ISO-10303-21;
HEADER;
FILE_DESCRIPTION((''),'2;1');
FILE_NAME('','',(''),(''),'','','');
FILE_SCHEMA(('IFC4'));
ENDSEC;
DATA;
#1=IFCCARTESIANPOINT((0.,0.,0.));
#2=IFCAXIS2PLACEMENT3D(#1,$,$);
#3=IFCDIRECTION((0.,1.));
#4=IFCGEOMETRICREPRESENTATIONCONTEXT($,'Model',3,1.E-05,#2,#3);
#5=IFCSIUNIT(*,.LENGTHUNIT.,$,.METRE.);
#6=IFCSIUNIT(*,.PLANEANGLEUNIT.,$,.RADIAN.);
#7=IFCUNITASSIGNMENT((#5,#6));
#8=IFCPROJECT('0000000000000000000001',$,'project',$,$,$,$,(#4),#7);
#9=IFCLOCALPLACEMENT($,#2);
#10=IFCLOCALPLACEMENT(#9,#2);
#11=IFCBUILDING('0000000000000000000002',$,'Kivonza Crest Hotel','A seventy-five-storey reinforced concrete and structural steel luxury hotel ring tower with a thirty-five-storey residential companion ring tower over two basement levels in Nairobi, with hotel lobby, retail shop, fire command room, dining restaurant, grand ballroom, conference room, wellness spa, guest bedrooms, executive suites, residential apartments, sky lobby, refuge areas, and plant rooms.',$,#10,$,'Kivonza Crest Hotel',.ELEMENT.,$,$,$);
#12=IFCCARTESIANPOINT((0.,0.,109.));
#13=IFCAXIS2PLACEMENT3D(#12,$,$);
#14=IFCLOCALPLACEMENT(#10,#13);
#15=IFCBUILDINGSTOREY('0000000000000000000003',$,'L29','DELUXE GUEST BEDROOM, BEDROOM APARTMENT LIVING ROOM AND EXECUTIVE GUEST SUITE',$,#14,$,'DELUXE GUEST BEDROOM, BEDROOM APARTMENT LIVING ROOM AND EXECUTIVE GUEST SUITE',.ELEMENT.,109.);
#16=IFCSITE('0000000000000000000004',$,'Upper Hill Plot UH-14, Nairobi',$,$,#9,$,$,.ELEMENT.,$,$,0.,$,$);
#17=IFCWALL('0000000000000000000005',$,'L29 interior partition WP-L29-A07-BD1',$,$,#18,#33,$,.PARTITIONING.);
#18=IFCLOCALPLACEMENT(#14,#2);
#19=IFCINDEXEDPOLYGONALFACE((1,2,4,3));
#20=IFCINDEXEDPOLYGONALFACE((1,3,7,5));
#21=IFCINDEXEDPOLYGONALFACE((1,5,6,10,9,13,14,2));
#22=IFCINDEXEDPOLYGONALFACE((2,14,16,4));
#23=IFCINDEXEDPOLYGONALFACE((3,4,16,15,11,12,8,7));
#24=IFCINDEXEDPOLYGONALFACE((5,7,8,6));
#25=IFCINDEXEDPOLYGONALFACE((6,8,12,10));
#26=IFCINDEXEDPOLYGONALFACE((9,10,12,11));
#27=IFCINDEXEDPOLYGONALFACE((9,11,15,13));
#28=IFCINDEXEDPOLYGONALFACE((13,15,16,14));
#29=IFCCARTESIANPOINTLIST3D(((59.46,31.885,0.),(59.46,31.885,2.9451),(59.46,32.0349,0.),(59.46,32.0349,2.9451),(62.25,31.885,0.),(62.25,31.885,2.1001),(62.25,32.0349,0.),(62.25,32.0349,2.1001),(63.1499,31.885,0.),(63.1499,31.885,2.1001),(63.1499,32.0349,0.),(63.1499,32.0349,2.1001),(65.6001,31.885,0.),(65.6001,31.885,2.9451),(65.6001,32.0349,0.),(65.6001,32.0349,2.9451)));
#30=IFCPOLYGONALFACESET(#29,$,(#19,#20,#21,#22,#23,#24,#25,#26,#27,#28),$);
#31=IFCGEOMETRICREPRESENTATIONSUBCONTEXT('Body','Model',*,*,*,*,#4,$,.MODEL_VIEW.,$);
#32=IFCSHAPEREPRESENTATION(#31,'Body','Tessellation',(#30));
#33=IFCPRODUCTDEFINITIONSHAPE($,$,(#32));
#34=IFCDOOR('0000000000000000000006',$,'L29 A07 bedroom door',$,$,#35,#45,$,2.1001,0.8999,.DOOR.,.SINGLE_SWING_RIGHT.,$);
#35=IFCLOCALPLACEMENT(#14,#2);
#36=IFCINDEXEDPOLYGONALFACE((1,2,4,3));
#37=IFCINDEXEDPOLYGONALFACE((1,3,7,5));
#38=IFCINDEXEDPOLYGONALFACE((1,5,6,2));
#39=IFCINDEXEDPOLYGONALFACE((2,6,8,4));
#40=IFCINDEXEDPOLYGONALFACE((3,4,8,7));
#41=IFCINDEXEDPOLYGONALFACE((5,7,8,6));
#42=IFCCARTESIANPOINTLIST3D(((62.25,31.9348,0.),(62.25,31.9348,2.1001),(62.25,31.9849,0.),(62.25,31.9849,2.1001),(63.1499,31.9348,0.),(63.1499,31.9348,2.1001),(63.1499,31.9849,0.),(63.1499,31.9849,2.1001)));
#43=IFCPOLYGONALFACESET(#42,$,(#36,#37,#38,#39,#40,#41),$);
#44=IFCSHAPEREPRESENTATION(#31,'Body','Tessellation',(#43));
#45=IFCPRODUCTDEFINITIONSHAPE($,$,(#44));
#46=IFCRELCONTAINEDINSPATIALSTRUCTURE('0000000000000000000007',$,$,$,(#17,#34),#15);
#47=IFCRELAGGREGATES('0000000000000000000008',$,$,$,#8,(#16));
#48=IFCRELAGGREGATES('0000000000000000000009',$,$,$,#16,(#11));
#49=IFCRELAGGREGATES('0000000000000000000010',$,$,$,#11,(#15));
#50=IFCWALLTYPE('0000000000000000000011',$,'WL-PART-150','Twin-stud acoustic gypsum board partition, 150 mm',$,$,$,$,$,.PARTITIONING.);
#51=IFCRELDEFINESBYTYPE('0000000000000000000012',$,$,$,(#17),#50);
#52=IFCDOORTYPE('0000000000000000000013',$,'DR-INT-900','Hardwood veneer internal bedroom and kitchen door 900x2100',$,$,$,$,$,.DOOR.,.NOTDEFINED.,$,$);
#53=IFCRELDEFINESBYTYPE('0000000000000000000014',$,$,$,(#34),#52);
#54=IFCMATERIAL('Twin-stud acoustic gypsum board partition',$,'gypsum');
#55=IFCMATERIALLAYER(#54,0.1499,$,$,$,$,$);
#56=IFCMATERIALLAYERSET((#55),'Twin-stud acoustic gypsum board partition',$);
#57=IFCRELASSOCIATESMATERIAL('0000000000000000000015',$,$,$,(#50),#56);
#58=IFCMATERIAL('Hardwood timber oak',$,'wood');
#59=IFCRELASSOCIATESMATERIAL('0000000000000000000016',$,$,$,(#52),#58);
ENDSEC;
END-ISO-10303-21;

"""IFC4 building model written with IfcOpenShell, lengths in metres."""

from ifc_helpers import new_model, si_unit, direction, frame, frame_2d, origin, place, context, subcontext, project, spatial, rectangle, extrude, material, layer, layer_set, type_object, element, fill, save


model = new_model("IFC4")

# Units and contexts
model_context = context("Model", 3, precision=1e-05, world=origin(), true_north=direction((0.0, 1.0)))
body_context = subcontext(model_context, "Body", "Model", "MODEL_VIEW")
ifc_project = project(units=[si_unit("LENGTHUNIT", "METRE"), si_unit("PLANEANGLEUNIT", "RADIAN")], contexts=[model_context])

# Site, building, storey
site_placement = place(None, origin())
site = spatial("IfcSite", under=ifc_project, at=site_placement, Name="Upper Hill Plot UH-14, Nairobi", CompositionType="ELEMENT", RefElevation=0.0)
building_placement = place(site_placement, origin())
building = spatial("IfcBuilding", under=site, at=building_placement, Name="Kivonza Crest Hotel", Description="A seventy-five-storey reinforced concrete and structural steel luxury hotel ring tower with a thirty-five-storey residential companion ring tower over two basement levels in Nairobi, with hotel lobby, retail shop, fire command room, dining restaurant, grand ballroom, conference room, wellness spa, guest bedrooms, executive suites, residential apartments, sky lobby, refuge areas, and plant rooms.", LongName="Kivonza Crest Hotel", CompositionType="ELEMENT")
storey_placement = place(building_placement, frame((0.0, 0.0, 109.0)))
storey = spatial("IfcBuildingStorey", under=building, at=storey_placement, Name="L29", Description="DELUXE GUEST BEDROOM, BEDROOM APARTMENT LIVING ROOM AND EXECUTIVE GUEST SUITE", LongName="DELUXE GUEST BEDROOM, BEDROOM APARTMENT LIVING ROOM AND EXECUTIVE GUEST SUITE", CompositionType="ELEMENT", Elevation=109.0)

# Wall, opening, door
ifc_material_1 = material(Name="Twin-stud acoustic gypsum board partition", Category="gypsum")
ifc_layer_1 = layer(ifc_material_1, 0.1499)
ifc_layer_set_1 = layer_set([ifc_layer_1], Name="Twin-stud acoustic gypsum board partition")
wall_type_1 = type_object("IfcWallType", Name="WL-PART-150", Description="Twin-stud acoustic gypsum board partition, 150 mm", PredefinedType="PARTITIONING", material=ifc_layer_set_1)
wall_1_placement = place(storey_placement, frame((59.46, 31.96, 0.0), z_axis=(0.0, 0.0, 1.0), x_axis=(1.0, 0.0, 0.0)))
wall_1 = element("IfcWall", 1, at=wall_1_placement, inside=storey, type_object=wall_type_1, Name="L29 interior partition WP-L29-A07-BD1", PredefinedType="PARTITIONING", context=body_context, shape_type="SweptSolid", body=[
    extrude(rectangle(XDim=6.1401, YDim=0.1499, at=frame_2d((3.0701, 0.0))), origin(), (0.0, 0.0, 1.0), 2.9451),
])
opening_1_placement = place(wall_1_placement, frame((2.79, 0.0, 0.0)))
opening_1 = element("IfcOpeningElement", 2, at=opening_1_placement, cuts=wall_1, PredefinedType="OPENING", context=body_context, shape_type="SweptSolid", body=[
    extrude(rectangle(XDim=0.8999, YDim=2.1001, at=frame_2d((0.45, 1.05))), frame((0.0, 0.085, 0.0), z_axis=(0.0, -1.0, 0.0), x_axis=(1.0, 0.0, 0.0)), (0.0, 0.0, 1.0), 0.1699),
])
ifc_material_2 = material(Name="Hardwood timber oak", Category="wood")
door_type = type_object("IfcDoorType", Name="DR-INT-900", Description="Hardwood veneer internal bedroom and kitchen door 900x2100", OperationType="NOTDEFINED", PredefinedType="DOOR", material=ifc_material_2)
door_placement = place(opening_1_placement, origin())
door = element("IfcDoor", 3, at=door_placement, inside=storey, type_object=door_type, Name="L29 A07 bedroom door", OperationType="SINGLE_SWING_RIGHT", OverallHeight=2.1001, OverallWidth=0.8999, PredefinedType="DOOR", context=body_context, shape_type="SweptSolid", body=[
    extrude(rectangle(XDim=0.8999, YDim=2.1001, at=frame_2d((0.45, 1.05))), frame((0.0, 0.0249, 0.0), z_axis=(0.0, -1.0, 0.0), x_axis=(1.0, 0.0, 0.0)), (0.0, 0.0, 1.0), 0.05),
])
fill(opening_1, door)

save(model, "model.ifc")
